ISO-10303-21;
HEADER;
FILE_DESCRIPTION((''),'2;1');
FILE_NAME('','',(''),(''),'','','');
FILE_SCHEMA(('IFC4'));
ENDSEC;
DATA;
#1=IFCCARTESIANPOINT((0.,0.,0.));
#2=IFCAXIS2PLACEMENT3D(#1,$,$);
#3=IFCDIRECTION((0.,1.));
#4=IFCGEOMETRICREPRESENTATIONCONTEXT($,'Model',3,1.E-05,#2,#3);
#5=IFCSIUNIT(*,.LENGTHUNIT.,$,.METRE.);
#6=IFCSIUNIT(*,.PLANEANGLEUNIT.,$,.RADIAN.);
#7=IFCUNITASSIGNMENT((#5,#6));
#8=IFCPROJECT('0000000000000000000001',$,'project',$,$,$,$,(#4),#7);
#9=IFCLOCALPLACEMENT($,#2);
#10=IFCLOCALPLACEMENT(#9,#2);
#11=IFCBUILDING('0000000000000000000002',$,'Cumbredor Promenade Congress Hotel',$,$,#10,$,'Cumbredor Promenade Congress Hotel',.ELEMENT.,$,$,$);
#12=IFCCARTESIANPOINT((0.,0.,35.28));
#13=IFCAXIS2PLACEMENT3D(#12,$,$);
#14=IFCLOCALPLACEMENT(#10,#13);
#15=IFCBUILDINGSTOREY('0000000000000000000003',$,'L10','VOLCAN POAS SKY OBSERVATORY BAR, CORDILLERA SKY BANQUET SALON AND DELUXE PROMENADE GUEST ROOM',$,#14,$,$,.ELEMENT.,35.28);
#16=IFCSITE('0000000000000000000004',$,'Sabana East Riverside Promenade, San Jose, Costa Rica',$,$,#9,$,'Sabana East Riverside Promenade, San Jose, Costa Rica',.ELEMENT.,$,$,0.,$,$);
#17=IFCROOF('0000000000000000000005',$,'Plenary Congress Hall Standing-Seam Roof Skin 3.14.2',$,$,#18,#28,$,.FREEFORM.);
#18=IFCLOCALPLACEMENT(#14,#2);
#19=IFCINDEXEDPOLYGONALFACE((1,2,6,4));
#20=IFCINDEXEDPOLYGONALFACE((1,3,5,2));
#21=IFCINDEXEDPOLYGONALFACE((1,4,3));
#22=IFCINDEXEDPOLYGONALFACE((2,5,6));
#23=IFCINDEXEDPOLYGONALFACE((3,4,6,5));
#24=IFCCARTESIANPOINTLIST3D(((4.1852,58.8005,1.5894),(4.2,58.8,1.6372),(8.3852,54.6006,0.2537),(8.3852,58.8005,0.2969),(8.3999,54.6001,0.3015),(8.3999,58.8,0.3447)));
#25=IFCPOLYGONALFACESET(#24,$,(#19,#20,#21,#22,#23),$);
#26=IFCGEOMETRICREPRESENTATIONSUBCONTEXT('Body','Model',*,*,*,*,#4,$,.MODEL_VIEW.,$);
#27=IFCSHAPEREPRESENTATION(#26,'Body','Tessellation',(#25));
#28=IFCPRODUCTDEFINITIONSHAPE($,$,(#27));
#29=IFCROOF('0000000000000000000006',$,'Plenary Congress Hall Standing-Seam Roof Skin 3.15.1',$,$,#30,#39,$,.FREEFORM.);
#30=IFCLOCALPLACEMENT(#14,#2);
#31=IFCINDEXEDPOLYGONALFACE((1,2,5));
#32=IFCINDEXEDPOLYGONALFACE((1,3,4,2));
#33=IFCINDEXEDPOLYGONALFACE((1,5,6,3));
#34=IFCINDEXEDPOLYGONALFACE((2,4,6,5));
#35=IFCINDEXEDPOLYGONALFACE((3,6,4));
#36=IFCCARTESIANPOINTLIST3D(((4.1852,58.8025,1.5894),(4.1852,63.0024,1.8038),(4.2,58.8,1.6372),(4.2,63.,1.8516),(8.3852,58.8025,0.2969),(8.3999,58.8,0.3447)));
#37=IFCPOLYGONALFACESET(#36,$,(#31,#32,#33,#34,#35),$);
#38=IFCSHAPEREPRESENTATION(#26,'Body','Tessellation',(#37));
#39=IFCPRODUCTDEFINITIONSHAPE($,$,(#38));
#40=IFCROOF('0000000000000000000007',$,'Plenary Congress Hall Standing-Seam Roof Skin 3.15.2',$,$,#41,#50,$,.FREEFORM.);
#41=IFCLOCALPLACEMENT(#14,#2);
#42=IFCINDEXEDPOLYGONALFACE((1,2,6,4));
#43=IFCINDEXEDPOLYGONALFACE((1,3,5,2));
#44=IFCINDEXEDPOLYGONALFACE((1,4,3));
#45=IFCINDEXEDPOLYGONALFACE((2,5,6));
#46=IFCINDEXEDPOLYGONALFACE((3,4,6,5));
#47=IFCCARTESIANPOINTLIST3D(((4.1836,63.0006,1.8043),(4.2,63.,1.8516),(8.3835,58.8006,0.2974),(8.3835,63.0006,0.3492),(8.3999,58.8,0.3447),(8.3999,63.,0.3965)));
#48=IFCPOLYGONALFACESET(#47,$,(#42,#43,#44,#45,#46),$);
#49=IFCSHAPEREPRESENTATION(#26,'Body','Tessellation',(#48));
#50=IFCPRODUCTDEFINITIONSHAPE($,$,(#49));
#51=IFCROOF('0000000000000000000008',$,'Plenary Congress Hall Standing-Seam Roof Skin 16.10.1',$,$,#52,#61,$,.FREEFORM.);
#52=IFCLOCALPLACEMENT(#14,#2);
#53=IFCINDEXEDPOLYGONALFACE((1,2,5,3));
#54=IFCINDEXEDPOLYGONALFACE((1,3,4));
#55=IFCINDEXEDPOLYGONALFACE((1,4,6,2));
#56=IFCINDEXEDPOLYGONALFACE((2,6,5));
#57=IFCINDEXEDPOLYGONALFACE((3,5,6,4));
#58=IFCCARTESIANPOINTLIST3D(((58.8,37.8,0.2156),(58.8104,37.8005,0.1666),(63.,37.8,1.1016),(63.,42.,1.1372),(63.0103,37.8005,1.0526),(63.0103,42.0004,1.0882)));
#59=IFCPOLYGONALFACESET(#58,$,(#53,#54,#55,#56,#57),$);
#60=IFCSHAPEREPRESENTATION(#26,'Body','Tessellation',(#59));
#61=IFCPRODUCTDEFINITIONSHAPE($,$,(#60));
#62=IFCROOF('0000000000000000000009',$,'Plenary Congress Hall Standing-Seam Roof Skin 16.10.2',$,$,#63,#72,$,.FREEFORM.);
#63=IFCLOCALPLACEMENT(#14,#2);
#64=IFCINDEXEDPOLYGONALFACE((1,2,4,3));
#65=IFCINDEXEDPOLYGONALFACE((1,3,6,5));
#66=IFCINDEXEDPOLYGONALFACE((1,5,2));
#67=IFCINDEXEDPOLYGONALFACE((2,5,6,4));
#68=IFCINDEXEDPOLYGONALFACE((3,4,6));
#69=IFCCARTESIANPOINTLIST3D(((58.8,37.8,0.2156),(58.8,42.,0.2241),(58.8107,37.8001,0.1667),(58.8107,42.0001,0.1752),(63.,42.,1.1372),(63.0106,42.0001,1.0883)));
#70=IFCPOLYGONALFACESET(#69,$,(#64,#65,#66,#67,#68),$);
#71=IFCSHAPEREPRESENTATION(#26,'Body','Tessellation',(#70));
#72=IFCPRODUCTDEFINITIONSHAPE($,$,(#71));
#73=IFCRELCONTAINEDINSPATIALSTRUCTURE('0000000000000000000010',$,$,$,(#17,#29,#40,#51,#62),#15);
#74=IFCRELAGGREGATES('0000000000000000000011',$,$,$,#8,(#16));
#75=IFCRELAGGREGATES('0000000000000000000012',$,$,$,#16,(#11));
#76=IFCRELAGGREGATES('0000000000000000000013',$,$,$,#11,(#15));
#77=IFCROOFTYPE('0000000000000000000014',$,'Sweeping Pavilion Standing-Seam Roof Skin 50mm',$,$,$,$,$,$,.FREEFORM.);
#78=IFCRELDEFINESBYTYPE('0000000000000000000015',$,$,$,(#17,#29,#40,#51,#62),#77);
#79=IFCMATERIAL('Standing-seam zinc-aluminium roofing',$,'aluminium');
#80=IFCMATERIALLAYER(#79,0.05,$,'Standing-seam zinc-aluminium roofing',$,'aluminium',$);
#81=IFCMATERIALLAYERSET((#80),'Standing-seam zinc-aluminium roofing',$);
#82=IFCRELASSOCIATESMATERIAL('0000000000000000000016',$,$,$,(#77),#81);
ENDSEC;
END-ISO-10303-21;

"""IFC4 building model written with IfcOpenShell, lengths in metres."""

from ifc_helpers import new_model, si_unit, direction, frame, origin, place, context, subcontext, project, spatial, polyline, outline, extrude, material, layer, layer_set, type_object, element, save


model = new_model("IFC4")

# Units and contexts
model_context = context("Model", 3, precision=1e-05, world=origin(), true_north=direction((0.0, 1.0)))
body_context = subcontext(model_context, "Body", "Model", "MODEL_VIEW")
ifc_project = project(units=[si_unit("LENGTHUNIT", "METRE"), si_unit("PLANEANGLEUNIT", "RADIAN")], contexts=[model_context])

# Site, building, storey
site_placement = place(None, origin())
site = spatial("IfcSite", under=ifc_project, at=site_placement, Name="Sabana East Riverside Promenade, San Jose, Costa Rica", LongName="Sabana East Riverside Promenade, San Jose, Costa Rica", CompositionType="ELEMENT", RefElevation=0.0)
building_placement = place(site_placement, origin())
building = spatial("IfcBuilding", under=site, at=building_placement, Name="Cumbredor Promenade Congress Hotel", LongName="Cumbredor Promenade Congress Hotel", CompositionType="ELEMENT")
storey_placement = place(building_placement, frame((0.0, 0.0, 35.28)))
storey = spatial("IfcBuildingStorey", under=building, at=storey_placement, Name="L10", Description="VOLCAN POAS SKY OBSERVATORY BAR, CORDILLERA SKY BANQUET SALON AND DELUXE PROMENADE GUEST ROOM", CompositionType="ELEMENT", Elevation=35.28)

# Roofs
ifc_material_1 = material(Name="Standing-seam zinc-aluminium roofing", Category="aluminium")
ifc_layer_1 = layer(ifc_material_1, 0.05, Name="Standing-seam zinc-aluminium roofing", Category="aluminium")
ifc_layer_set_1 = layer_set([ifc_layer_1], Name="Standing-seam zinc-aluminium roofing")
roof_type = type_object("IfcRoofType", Name="Sweeping Pavilion Standing-Seam Roof Skin 50mm", PredefinedType="FREEFORM", material=ifc_layer_set_1)
roof_1_placement = place(storey_placement, frame((8.3999, 54.6001, 0.3015), z_axis=(0.294111, -0.009833, 0.955721), x_axis=(0.0, 0.999947, 0.010288)))
element("IfcRoof", 1, at=roof_1_placement, inside=storey, type_object=roof_type, Name="Plenary Congress Hall Standing-Seam Roof Skin 3.14.2", PredefinedType="FREEFORM", context=body_context, shape_type="SweptSolid", body=[
    extrude(outline(polyline([(0.0, 0.0), (4.2002, 0.0), (4.2135, 4.3943), (0.0, 0.0)])), origin(), (0.0, 0.0, -1.0), 0.05),
])
roof_2_placement = place(storey_placement, frame((4.2, 58.8, 1.6372), z_axis=(0.293776, -0.048722, 0.954632), x_axis=(0.955767, 0.0, -0.294125)))
element("IfcRoof", 2, at=roof_2_placement, inside=storey, type_object=roof_type, Name="Plenary Congress Hall Standing-Seam Roof Skin 3.15.1", PredefinedType="FREEFORM", context=body_context, shape_type="SweptSolid", body=[
    extrude(outline(polyline([(0.0, 0.0), (4.3943, 0.0), (-0.063, 4.2049), (0.0, 0.0)])), origin(), (0.0, 0.0, -1.0), 0.05),
])
roof_3_placement = place(storey_placement, frame((8.3999, 58.8, 0.3447), z_axis=(0.327339, -0.011644, 0.944835), x_axis=(0.0, 0.999924, 0.012322)))
element("IfcRoof", 3, at=roof_3_placement, inside=storey, type_object=roof_type, Name="Plenary Congress Hall Standing-Seam Roof Skin 3.15.2", PredefinedType="FREEFORM", context=body_context, shape_type="SweptSolid", body=[
    extrude(outline(polyline([(0.0, 0.0), (4.2003, 0.0), (4.2182, 4.4448), (0.0, 0.0)])), origin(), (0.0, 0.0, -1.0), 0.05),
])
roof_4_placement = place(storey_placement, frame((58.8, 37.8, 0.2156), z_axis=(-0.206402, -0.008304, 0.978432), x_axis=(0.978466, 0.0, 0.206409)))
element("IfcRoof", 4, at=roof_4_placement, inside=storey, type_object=roof_type, Name="Plenary Congress Hall Standing-Seam Roof Skin 16.10.1", PredefinedType="FREEFORM", context=body_context, shape_type="SweptSolid", body=[
    extrude(outline(polyline([(0.0, 0.0), (4.2924, 0.0), (4.2997, 4.2001), (0.0, 0.0)])), origin(), (0.0, 0.0, -1.0), 0.05),
])
roof_5_placement = place(storey_placement, frame((58.8, 37.8, 0.2156), z_axis=(-0.212441, -0.001988, 0.977172), x_axis=(0.698745, 0.698745, 0.153332)))
element("IfcRoof", 5, at=roof_5_placement, inside=storey, type_object=roof_type, Name="Plenary Congress Hall Standing-Seam Roof Skin 16.10.2", PredefinedType="FREEFORM", context=body_context, shape_type="SweptSolid", body=[
    extrude(outline(polyline([(0.0, 0.0), (6.0107, 0.0), (2.936, 3.0033), (0.0, 0.0)])), origin(), (0.0, 0.0, -1.0), 0.05),
])

save(model, "model.ifc")
